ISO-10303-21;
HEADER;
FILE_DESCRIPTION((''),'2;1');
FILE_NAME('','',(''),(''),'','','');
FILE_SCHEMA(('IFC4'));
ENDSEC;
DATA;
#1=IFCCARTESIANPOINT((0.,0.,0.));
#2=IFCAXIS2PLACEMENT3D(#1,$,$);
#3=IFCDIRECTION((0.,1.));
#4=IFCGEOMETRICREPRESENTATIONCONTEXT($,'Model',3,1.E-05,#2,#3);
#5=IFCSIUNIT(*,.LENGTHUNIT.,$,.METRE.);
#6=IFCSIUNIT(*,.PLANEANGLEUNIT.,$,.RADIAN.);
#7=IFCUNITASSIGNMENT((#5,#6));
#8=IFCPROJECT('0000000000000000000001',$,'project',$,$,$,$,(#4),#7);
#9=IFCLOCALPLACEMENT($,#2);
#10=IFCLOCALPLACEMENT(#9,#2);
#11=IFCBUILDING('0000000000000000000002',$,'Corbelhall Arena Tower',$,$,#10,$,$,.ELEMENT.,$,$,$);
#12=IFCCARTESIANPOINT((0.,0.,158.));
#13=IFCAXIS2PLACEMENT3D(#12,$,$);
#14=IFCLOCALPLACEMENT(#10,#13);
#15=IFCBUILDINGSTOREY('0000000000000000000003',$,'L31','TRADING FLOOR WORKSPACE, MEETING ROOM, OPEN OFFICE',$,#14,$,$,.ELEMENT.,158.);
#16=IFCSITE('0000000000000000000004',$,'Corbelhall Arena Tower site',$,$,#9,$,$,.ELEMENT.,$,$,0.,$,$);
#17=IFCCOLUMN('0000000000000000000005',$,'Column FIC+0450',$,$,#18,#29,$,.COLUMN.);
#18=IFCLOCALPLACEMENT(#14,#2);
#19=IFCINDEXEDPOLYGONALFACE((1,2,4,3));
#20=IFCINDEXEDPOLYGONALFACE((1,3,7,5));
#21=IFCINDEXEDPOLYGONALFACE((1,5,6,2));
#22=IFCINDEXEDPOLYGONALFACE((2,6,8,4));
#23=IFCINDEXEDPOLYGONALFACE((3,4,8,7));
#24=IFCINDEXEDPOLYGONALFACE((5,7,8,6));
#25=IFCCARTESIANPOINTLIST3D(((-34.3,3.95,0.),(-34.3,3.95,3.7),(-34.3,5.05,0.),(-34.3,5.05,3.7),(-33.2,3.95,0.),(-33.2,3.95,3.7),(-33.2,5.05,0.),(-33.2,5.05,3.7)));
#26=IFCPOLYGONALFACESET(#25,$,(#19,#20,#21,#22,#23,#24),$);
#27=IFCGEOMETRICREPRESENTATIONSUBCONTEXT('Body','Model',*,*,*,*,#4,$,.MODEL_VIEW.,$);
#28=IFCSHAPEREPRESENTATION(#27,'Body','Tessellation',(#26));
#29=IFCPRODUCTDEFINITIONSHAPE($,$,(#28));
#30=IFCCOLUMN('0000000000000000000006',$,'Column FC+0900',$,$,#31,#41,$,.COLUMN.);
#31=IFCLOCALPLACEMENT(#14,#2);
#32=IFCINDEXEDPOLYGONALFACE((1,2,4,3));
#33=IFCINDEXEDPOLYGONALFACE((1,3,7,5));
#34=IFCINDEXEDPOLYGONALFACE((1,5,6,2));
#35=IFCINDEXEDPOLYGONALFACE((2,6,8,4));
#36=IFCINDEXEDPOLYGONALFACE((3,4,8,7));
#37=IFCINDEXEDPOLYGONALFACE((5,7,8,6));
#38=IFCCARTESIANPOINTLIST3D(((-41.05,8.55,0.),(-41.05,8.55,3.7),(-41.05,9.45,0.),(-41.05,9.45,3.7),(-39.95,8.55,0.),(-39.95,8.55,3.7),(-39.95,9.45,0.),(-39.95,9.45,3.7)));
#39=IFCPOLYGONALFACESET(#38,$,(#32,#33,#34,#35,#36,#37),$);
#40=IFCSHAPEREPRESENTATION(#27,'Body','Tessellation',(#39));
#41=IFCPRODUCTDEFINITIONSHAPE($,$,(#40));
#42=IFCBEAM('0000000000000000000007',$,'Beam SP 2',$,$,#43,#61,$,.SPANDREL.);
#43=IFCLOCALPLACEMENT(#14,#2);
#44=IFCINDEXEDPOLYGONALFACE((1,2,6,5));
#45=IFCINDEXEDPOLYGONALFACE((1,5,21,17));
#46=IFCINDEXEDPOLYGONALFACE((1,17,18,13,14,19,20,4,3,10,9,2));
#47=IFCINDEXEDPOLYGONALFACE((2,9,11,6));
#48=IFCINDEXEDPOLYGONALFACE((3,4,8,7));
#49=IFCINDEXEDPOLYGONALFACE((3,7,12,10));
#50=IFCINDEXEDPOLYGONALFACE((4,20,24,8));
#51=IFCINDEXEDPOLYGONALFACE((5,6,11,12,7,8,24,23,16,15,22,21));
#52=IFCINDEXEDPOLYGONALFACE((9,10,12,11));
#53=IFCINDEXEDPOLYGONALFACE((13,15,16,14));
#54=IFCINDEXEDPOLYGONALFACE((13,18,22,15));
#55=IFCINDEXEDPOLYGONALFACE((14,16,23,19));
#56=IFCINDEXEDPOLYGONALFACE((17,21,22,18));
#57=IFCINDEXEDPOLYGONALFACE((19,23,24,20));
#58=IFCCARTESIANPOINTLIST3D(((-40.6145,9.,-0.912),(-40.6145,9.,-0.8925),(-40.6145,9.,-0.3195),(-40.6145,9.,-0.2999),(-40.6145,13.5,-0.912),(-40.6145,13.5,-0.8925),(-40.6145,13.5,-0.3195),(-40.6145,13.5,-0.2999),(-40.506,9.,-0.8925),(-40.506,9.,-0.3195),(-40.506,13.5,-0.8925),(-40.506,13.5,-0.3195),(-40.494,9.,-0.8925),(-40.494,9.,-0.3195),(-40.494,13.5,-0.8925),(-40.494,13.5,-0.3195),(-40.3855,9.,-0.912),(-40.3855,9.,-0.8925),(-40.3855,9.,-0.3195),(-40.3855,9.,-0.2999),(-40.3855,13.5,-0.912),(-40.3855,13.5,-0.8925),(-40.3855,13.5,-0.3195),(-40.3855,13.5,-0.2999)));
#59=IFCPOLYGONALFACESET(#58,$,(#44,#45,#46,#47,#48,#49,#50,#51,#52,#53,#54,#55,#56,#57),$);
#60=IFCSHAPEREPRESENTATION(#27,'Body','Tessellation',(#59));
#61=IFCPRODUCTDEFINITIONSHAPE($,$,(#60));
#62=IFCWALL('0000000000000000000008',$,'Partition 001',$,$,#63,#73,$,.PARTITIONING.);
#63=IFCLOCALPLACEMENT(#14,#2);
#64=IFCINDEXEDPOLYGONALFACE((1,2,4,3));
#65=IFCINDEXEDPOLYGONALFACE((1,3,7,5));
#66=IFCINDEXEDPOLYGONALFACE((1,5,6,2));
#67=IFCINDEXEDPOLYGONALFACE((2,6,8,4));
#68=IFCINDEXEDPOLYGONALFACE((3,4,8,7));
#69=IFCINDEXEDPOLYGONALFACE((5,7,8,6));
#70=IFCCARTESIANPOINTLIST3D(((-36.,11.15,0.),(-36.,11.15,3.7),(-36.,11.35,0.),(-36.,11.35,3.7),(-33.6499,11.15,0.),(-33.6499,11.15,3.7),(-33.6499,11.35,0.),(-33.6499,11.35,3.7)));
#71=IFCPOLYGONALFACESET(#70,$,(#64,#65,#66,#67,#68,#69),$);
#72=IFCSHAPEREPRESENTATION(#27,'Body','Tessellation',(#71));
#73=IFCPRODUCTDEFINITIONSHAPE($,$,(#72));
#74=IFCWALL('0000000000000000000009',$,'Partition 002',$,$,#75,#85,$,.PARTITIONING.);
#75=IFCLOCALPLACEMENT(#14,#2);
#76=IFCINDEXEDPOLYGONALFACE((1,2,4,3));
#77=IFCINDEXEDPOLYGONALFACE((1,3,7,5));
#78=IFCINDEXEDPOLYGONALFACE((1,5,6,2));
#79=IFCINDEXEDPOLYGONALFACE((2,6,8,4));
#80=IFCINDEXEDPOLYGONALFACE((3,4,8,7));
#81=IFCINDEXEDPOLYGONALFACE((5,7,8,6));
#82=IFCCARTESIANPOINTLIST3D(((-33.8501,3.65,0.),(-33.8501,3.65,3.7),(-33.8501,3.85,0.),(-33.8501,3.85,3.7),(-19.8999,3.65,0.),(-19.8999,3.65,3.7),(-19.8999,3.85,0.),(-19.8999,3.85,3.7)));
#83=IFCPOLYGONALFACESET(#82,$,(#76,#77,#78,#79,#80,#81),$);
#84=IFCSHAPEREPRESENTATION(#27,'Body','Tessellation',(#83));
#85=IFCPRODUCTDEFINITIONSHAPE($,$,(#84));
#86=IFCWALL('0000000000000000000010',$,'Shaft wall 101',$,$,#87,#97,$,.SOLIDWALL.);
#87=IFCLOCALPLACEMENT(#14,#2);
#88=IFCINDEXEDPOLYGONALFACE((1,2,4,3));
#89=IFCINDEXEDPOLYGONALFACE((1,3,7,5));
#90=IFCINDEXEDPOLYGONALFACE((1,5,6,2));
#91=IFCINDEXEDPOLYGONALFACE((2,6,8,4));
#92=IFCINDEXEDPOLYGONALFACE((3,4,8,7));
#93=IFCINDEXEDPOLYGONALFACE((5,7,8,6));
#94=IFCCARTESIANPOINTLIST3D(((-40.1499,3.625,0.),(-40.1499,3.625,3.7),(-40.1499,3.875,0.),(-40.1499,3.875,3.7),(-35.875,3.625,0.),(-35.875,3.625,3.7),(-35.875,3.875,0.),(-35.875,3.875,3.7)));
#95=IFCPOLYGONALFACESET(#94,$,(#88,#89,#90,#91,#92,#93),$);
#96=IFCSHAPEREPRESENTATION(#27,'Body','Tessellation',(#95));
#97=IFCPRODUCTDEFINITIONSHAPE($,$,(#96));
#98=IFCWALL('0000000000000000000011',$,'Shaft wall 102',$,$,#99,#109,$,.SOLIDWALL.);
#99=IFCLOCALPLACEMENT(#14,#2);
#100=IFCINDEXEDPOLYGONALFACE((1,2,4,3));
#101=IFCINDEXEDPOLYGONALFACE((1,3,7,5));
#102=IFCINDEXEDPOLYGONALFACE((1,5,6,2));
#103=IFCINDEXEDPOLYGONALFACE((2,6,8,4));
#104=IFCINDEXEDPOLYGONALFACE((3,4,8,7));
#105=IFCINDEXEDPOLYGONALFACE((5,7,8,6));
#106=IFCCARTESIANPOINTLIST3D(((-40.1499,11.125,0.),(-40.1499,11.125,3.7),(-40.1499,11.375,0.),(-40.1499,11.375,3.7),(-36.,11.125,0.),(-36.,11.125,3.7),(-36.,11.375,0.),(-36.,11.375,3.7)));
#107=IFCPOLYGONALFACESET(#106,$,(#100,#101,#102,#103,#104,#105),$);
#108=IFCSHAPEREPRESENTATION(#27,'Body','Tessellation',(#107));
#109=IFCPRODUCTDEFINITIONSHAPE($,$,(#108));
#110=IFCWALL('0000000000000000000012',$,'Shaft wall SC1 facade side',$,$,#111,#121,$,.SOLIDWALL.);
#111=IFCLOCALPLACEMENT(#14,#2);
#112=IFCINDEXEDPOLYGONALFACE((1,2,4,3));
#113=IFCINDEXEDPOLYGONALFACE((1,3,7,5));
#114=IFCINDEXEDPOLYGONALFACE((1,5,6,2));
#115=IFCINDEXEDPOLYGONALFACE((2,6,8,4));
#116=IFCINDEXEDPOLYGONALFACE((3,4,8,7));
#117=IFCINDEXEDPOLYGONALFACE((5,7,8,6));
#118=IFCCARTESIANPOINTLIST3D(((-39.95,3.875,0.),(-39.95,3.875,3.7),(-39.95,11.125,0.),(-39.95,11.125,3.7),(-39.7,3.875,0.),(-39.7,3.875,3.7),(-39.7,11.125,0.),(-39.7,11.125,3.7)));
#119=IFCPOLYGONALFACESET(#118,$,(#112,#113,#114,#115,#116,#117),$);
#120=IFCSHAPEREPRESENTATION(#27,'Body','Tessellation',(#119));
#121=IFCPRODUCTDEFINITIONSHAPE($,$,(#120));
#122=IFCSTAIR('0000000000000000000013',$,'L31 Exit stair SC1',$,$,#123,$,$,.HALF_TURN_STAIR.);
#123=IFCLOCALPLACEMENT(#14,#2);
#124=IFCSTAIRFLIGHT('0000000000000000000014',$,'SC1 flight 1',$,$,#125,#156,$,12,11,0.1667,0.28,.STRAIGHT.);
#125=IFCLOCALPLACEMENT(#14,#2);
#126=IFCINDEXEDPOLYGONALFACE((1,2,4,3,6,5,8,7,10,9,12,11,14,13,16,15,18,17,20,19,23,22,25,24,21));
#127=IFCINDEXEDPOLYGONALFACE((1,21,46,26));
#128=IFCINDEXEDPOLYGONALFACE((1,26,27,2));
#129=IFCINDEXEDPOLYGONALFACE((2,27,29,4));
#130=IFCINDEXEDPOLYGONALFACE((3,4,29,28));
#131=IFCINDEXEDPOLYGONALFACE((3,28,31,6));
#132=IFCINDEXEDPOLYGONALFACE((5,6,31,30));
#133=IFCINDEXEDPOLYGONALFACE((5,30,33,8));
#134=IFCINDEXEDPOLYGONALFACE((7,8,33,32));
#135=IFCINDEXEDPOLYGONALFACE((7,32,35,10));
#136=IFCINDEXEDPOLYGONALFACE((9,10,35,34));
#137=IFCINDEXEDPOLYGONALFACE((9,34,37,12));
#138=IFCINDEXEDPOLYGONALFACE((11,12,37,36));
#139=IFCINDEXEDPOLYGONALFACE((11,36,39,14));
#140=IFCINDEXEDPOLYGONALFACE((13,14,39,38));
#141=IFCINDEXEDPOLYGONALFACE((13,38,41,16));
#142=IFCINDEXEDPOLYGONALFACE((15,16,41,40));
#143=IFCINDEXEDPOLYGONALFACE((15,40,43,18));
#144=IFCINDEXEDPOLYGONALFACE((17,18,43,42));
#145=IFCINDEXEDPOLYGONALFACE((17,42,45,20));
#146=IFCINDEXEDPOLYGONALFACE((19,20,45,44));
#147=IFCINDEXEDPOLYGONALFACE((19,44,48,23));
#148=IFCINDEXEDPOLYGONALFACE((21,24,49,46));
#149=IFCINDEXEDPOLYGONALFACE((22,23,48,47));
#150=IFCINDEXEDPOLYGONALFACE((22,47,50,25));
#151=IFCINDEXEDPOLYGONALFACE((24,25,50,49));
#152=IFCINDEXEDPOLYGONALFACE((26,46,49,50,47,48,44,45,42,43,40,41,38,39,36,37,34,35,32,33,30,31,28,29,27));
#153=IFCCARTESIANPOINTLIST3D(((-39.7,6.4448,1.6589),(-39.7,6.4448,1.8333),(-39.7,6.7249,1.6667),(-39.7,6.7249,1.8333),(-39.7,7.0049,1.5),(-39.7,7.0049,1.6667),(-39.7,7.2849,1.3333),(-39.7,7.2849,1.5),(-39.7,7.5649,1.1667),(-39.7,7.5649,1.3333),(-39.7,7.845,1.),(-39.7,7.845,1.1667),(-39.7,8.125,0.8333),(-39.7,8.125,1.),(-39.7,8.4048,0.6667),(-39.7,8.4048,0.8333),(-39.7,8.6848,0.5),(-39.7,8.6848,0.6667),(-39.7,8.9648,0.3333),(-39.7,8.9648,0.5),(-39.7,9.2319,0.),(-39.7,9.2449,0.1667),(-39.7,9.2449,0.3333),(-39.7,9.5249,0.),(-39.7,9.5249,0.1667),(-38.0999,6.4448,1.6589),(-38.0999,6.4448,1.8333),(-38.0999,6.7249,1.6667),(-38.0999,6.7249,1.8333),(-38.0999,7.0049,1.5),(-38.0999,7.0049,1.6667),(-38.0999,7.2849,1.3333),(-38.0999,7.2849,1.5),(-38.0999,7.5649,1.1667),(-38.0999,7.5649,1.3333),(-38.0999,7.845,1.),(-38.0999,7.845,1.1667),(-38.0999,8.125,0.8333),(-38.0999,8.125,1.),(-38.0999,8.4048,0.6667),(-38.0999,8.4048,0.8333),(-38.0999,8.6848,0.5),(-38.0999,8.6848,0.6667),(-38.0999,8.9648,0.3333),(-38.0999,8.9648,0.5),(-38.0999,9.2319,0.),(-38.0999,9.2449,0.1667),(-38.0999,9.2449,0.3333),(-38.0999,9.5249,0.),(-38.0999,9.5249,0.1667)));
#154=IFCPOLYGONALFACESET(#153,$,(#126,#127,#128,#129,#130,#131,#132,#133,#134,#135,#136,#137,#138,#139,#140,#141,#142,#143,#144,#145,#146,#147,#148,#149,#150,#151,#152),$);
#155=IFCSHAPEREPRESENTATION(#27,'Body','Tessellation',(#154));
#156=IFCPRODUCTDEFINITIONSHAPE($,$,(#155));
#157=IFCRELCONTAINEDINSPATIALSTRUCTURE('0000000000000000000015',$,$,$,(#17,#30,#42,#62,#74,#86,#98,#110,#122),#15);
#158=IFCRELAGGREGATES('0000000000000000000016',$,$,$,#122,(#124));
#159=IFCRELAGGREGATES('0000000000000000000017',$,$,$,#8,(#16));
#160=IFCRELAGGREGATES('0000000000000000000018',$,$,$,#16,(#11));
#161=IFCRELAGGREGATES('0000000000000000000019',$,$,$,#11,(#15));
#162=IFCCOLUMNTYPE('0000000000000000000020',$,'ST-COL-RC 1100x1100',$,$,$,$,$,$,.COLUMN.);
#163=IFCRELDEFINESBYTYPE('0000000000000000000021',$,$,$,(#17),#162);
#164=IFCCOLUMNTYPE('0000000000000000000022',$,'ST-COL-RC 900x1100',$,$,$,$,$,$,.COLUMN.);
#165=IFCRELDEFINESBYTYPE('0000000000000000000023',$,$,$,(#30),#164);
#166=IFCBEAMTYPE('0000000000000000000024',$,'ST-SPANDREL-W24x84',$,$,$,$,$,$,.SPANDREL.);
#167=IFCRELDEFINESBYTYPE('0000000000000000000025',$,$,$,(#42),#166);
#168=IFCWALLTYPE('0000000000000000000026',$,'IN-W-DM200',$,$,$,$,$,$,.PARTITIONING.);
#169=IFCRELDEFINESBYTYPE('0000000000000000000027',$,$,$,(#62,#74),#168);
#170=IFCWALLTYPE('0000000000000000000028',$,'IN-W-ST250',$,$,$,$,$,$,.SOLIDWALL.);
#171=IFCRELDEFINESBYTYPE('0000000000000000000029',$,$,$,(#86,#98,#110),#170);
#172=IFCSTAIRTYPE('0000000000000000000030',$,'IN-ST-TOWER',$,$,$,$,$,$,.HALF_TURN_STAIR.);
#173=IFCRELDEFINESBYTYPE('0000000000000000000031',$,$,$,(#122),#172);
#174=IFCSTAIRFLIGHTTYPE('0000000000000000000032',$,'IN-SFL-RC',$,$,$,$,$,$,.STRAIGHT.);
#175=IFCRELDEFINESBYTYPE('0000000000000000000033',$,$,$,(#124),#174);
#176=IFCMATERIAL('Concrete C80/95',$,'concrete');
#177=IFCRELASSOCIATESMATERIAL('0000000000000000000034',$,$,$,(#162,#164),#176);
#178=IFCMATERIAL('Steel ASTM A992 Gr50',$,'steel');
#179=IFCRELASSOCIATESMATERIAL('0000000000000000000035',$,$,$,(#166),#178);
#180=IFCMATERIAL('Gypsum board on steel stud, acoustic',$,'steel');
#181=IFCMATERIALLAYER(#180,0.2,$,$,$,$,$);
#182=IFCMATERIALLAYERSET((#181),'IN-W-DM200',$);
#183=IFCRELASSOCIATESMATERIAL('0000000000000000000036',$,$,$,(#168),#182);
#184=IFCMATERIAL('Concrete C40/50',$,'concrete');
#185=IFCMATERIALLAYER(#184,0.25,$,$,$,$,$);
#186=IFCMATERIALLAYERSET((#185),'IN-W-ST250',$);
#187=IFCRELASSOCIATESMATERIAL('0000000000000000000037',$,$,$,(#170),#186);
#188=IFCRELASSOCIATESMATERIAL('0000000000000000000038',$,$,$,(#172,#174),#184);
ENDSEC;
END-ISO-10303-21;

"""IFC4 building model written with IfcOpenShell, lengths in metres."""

from ifc_helpers import new_model, si_unit, direction, frame, frame_2d, origin, origin_2d, place, context, subcontext, project, spatial, polyline, rectangle, i_section, outline, extrude, material, layer, layer_set, material_profile, profile_set, type_object, element, aggregate, save


model = new_model("IFC4")

# Units and contexts
model_context = context("Model", 3, precision=1e-05, world=origin(), true_north=direction((0.0, 1.0)))
body_context = subcontext(model_context, "Body", "Model", "MODEL_VIEW")
ifc_project = project(units=[si_unit("LENGTHUNIT", "METRE"), si_unit("PLANEANGLEUNIT", "RADIAN")], contexts=[model_context])

# Site, building, storey
site_placement = place(None, origin())
site = spatial("IfcSite", under=ifc_project, at=site_placement, Name="Corbelhall Arena Tower site", CompositionType="ELEMENT", RefElevation=0.0)
building_placement = place(site_placement, origin())
building = spatial("IfcBuilding", under=site, at=building_placement, Name="Corbelhall Arena Tower", CompositionType="ELEMENT")
storey_placement = place(building_placement, frame((0.0, 0.0, 158.0)))
storey = spatial("IfcBuildingStorey", under=building, at=storey_placement, Name="L31", Description="TRADING FLOOR WORKSPACE, MEETING ROOM, OPEN OFFICE", CompositionType="ELEMENT", Elevation=158.0)

# Columns
ifc_material_1 = material(Name="Concrete C80/95", Category="concrete")
ifc_material_profile_1 = material_profile(ifc_material_1, rectangle(XDim=1.1001, YDim=1.1001, at=origin_2d()))
ifc_profile_set_1 = profile_set([ifc_material_profile_1], Name="Concrete C80/95")
column_type_1 = type_object("IfcColumnType", Name="ST-COL-RC 1100x1100", PredefinedType="COLUMN", material=ifc_profile_set_1)
column_1_placement = place(storey_placement, frame((-33.75, 4.5, 0.0), z_axis=(0.0, 0.0, 1.0), x_axis=(1.0, 0.0, 0.0)))
element("IfcColumn", 1, at=column_1_placement, inside=storey, type_object=column_type_1, Name="Column FIC+0450", PredefinedType="COLUMN", context=body_context, shape_type="SweptSolid", body=[
    extrude(rectangle(XDim=1.1001, YDim=1.1001, at=origin_2d()), origin(), (0.0, 0.0, 1.0), 3.7),
])
ifc_material_profile_2 = material_profile(ifc_material_1, rectangle(XDim=0.8999, YDim=1.1001, at=origin_2d()))
ifc_profile_set_2 = profile_set([ifc_material_profile_2], Name="Concrete C80/95")
column_type_2 = type_object("IfcColumnType", Name="ST-COL-RC 900x1100", PredefinedType="COLUMN", material=ifc_profile_set_2)
column_2_placement = place(storey_placement, frame((-40.5, 9.0, 0.0), z_axis=(0.0, 0.0, 1.0), x_axis=(0.0, 1.0, 0.0)))
element("IfcColumn", 2, at=column_2_placement, inside=storey, type_object=column_type_2, Name="Column FC+0900", PredefinedType="COLUMN", context=body_context, shape_type="SweptSolid", body=[
    extrude(rectangle(XDim=0.8999, YDim=1.1001, at=origin_2d()), origin(), (0.0, 0.0, 1.0), 3.7),
])

# Beam
ifc_material_2 = material(Name="Steel ASTM A992 Gr50", Category="steel")
ifc_material_profile_3 = material_profile(ifc_material_2, i_section(OverallWidth=0.229, OverallDepth=0.6121, WebThickness=0.012, FlangeThickness=0.0195, at=origin_2d()))
ifc_profile_set_3 = profile_set([ifc_material_profile_3], Name="Steel ASTM A992 Gr50")
beam_type = type_object("IfcBeamType", Name="ST-SPANDREL-W24x84", PredefinedType="SPANDREL", material=ifc_profile_set_3)
beam_placement = place(storey_placement, frame((-40.5, 9.0, -0.606), z_axis=(0.0, 1.0, 0.0), x_axis=(-1.0, 0.0, 0.0)))
element("IfcBeam", 3, at=beam_placement, inside=storey, type_object=beam_type, Name="Beam SP 2", PredefinedType="SPANDREL", context=body_context, shape_type="SweptSolid", body=[
    extrude(i_section(OverallWidth=0.229, OverallDepth=0.6121, WebThickness=0.012, FlangeThickness=0.0195, at=origin_2d()), origin(), (0.0, 0.0, 1.0), 4.5),
])

# Walls
ifc_material_3 = material(Name="Gypsum board on steel stud, acoustic", Category="steel")
ifc_layer_1 = layer(ifc_material_3, 0.2)
ifc_layer_set_1 = layer_set([ifc_layer_1], Name="IN-W-DM200")
wall_type_1 = type_object("IfcWallType", Name="IN-W-DM200", PredefinedType="PARTITIONING", material=ifc_layer_set_1)
wall_1_placement = place(storey_placement, frame((-36.0, 11.25, 0.0), z_axis=(0.0, 0.0, 1.0), x_axis=(1.0, 0.0, 0.0)))
element("IfcWall", 4, at=wall_1_placement, inside=storey, type_object=wall_type_1, Name="Partition 001", PredefinedType="PARTITIONING", context=body_context, shape_type="SweptSolid", body=[
    extrude(rectangle(XDim=2.3501, YDim=0.2, at=frame_2d((1.175, 0.0))), origin(), (0.0, 0.0, 1.0), 3.7),
])
wall_2_placement = place(storey_placement, frame((-33.8501, 3.75, 0.0), z_axis=(0.0, 0.0, 1.0), x_axis=(1.0, 0.0, 0.0)))
element("IfcWall", 5, at=wall_2_placement, inside=storey, type_object=wall_type_1, Name="Partition 002", PredefinedType="PARTITIONING", context=body_context, shape_type="SweptSolid", body=[
    extrude(rectangle(XDim=13.9502, YDim=0.2, at=frame_2d((6.9751, 0.0))), origin(), (0.0, 0.0, 1.0), 3.7),
])

# Walls
ifc_material_4 = material(Name="Concrete C40/50", Category="concrete")
ifc_layer_2 = layer(ifc_material_4, 0.25)
ifc_layer_set_2 = layer_set([ifc_layer_2], Name="IN-W-ST250")
wall_type_2 = type_object("IfcWallType", Name="IN-W-ST250", PredefinedType="SOLIDWALL", material=ifc_layer_set_2)
wall_3_placement = place(storey_placement, frame((-40.1499, 3.75, 0.0), z_axis=(0.0, 0.0, 1.0), x_axis=(1.0, 0.0, 0.0)))
element("IfcWall", 6, at=wall_3_placement, inside=storey, type_object=wall_type_2, Name="Shaft wall 101", PredefinedType="SOLIDWALL", context=body_context, shape_type="SweptSolid", body=[
    extrude(rectangle(XDim=4.2749, YDim=0.25, at=frame_2d((2.1375, 0.0))), origin(), (0.0, 0.0, 1.0), 3.7),
])
wall_4_placement = place(storey_placement, frame((-40.1499, 11.25, 0.0), z_axis=(0.0, 0.0, 1.0), x_axis=(1.0, 0.0, 0.0)))
element("IfcWall", 7, at=wall_4_placement, inside=storey, type_object=wall_type_2, Name="Shaft wall 102", PredefinedType="SOLIDWALL", context=body_context, shape_type="SweptSolid", body=[
    extrude(rectangle(XDim=4.1499, YDim=0.25, at=frame_2d((2.075, 0.0))), origin(), (0.0, 0.0, 1.0), 3.7),
])
wall_5_placement = place(storey_placement, frame((-39.825, 3.875, 0.0), z_axis=(0.0, 0.0, 1.0), x_axis=(0.0, 1.0, 0.0)))
element("IfcWall", 8, at=wall_5_placement, inside=storey, type_object=wall_type_2, Name="Shaft wall SC1 facade side", PredefinedType="SOLIDWALL", context=body_context, shape_type="SweptSolid", body=[
    extrude(rectangle(XDim=7.25, YDim=0.25, at=frame_2d((3.625, 0.0))), origin(), (0.0, 0.0, 1.0), 3.7),
])

# Stair, stair flight
stair_type = type_object("IfcStairType", Name="IN-ST-TOWER", PredefinedType="HALF_TURN_STAIR", material=ifc_material_4)
stair_placement = place(storey_placement, origin())
stair = element("IfcStair", 9, at=stair_placement, inside=storey, type_object=stair_type, Name="L31 Exit stair SC1", PredefinedType="HALF_TURN_STAIR")
stair_flight_type = type_object("IfcStairFlightType", Name="IN-SFL-RC", PredefinedType="STRAIGHT", material=ifc_material_4)
stair_flight_1_placement = place(storey_placement, frame((-38.8999, 9.5249, 0.0), z_axis=(0.0, 0.0, 1.0), x_axis=(0.0, -1.0, 0.0)))
stair_flight_1 = element("IfcStairFlight", 10, at=stair_flight_1_placement, type_object=stair_flight_type, Name="SC1 flight 1", NumberOfRisers=12, NumberOfTreads=11, PredefinedType="STRAIGHT", RiserHeight=0.1667, TreadLength=0.28, context=body_context, shape_type="SweptSolid", body=[
    extrude(outline(polyline([(0.0, 0.0), (0.0, 0.1667), (0.28, 0.1667), (0.28, 0.3333), (0.5601, 0.3333), (0.5601, 0.5), (0.8401, 0.5), (0.8401, 0.6667), (1.1201, 0.6667), (1.1201, 0.8333), (1.3999, 0.8333), (1.3999, 1.0), (1.6799, 1.0), (1.6799, 1.1667), (1.96, 1.1667), (1.96, 1.3333), (2.24, 1.3333), (2.24, 1.5), (2.52, 1.5), (2.52, 1.6667), (2.8, 1.6667), (2.8, 1.8333), (3.0801, 1.8333), (3.0801, 2.0), (3.0801, 1.6589), (0.293, 0.0), (0.0, 0.0)])), frame((0.0, 0.8, 0.0), z_axis=(0.0, -1.0, 0.0), x_axis=(1.0, 0.0, 0.0)), (0.0, 0.0, 1.0), 1.6001),
])
aggregate(stair, [stair_flight_1])

save(model, "model.ifc")
